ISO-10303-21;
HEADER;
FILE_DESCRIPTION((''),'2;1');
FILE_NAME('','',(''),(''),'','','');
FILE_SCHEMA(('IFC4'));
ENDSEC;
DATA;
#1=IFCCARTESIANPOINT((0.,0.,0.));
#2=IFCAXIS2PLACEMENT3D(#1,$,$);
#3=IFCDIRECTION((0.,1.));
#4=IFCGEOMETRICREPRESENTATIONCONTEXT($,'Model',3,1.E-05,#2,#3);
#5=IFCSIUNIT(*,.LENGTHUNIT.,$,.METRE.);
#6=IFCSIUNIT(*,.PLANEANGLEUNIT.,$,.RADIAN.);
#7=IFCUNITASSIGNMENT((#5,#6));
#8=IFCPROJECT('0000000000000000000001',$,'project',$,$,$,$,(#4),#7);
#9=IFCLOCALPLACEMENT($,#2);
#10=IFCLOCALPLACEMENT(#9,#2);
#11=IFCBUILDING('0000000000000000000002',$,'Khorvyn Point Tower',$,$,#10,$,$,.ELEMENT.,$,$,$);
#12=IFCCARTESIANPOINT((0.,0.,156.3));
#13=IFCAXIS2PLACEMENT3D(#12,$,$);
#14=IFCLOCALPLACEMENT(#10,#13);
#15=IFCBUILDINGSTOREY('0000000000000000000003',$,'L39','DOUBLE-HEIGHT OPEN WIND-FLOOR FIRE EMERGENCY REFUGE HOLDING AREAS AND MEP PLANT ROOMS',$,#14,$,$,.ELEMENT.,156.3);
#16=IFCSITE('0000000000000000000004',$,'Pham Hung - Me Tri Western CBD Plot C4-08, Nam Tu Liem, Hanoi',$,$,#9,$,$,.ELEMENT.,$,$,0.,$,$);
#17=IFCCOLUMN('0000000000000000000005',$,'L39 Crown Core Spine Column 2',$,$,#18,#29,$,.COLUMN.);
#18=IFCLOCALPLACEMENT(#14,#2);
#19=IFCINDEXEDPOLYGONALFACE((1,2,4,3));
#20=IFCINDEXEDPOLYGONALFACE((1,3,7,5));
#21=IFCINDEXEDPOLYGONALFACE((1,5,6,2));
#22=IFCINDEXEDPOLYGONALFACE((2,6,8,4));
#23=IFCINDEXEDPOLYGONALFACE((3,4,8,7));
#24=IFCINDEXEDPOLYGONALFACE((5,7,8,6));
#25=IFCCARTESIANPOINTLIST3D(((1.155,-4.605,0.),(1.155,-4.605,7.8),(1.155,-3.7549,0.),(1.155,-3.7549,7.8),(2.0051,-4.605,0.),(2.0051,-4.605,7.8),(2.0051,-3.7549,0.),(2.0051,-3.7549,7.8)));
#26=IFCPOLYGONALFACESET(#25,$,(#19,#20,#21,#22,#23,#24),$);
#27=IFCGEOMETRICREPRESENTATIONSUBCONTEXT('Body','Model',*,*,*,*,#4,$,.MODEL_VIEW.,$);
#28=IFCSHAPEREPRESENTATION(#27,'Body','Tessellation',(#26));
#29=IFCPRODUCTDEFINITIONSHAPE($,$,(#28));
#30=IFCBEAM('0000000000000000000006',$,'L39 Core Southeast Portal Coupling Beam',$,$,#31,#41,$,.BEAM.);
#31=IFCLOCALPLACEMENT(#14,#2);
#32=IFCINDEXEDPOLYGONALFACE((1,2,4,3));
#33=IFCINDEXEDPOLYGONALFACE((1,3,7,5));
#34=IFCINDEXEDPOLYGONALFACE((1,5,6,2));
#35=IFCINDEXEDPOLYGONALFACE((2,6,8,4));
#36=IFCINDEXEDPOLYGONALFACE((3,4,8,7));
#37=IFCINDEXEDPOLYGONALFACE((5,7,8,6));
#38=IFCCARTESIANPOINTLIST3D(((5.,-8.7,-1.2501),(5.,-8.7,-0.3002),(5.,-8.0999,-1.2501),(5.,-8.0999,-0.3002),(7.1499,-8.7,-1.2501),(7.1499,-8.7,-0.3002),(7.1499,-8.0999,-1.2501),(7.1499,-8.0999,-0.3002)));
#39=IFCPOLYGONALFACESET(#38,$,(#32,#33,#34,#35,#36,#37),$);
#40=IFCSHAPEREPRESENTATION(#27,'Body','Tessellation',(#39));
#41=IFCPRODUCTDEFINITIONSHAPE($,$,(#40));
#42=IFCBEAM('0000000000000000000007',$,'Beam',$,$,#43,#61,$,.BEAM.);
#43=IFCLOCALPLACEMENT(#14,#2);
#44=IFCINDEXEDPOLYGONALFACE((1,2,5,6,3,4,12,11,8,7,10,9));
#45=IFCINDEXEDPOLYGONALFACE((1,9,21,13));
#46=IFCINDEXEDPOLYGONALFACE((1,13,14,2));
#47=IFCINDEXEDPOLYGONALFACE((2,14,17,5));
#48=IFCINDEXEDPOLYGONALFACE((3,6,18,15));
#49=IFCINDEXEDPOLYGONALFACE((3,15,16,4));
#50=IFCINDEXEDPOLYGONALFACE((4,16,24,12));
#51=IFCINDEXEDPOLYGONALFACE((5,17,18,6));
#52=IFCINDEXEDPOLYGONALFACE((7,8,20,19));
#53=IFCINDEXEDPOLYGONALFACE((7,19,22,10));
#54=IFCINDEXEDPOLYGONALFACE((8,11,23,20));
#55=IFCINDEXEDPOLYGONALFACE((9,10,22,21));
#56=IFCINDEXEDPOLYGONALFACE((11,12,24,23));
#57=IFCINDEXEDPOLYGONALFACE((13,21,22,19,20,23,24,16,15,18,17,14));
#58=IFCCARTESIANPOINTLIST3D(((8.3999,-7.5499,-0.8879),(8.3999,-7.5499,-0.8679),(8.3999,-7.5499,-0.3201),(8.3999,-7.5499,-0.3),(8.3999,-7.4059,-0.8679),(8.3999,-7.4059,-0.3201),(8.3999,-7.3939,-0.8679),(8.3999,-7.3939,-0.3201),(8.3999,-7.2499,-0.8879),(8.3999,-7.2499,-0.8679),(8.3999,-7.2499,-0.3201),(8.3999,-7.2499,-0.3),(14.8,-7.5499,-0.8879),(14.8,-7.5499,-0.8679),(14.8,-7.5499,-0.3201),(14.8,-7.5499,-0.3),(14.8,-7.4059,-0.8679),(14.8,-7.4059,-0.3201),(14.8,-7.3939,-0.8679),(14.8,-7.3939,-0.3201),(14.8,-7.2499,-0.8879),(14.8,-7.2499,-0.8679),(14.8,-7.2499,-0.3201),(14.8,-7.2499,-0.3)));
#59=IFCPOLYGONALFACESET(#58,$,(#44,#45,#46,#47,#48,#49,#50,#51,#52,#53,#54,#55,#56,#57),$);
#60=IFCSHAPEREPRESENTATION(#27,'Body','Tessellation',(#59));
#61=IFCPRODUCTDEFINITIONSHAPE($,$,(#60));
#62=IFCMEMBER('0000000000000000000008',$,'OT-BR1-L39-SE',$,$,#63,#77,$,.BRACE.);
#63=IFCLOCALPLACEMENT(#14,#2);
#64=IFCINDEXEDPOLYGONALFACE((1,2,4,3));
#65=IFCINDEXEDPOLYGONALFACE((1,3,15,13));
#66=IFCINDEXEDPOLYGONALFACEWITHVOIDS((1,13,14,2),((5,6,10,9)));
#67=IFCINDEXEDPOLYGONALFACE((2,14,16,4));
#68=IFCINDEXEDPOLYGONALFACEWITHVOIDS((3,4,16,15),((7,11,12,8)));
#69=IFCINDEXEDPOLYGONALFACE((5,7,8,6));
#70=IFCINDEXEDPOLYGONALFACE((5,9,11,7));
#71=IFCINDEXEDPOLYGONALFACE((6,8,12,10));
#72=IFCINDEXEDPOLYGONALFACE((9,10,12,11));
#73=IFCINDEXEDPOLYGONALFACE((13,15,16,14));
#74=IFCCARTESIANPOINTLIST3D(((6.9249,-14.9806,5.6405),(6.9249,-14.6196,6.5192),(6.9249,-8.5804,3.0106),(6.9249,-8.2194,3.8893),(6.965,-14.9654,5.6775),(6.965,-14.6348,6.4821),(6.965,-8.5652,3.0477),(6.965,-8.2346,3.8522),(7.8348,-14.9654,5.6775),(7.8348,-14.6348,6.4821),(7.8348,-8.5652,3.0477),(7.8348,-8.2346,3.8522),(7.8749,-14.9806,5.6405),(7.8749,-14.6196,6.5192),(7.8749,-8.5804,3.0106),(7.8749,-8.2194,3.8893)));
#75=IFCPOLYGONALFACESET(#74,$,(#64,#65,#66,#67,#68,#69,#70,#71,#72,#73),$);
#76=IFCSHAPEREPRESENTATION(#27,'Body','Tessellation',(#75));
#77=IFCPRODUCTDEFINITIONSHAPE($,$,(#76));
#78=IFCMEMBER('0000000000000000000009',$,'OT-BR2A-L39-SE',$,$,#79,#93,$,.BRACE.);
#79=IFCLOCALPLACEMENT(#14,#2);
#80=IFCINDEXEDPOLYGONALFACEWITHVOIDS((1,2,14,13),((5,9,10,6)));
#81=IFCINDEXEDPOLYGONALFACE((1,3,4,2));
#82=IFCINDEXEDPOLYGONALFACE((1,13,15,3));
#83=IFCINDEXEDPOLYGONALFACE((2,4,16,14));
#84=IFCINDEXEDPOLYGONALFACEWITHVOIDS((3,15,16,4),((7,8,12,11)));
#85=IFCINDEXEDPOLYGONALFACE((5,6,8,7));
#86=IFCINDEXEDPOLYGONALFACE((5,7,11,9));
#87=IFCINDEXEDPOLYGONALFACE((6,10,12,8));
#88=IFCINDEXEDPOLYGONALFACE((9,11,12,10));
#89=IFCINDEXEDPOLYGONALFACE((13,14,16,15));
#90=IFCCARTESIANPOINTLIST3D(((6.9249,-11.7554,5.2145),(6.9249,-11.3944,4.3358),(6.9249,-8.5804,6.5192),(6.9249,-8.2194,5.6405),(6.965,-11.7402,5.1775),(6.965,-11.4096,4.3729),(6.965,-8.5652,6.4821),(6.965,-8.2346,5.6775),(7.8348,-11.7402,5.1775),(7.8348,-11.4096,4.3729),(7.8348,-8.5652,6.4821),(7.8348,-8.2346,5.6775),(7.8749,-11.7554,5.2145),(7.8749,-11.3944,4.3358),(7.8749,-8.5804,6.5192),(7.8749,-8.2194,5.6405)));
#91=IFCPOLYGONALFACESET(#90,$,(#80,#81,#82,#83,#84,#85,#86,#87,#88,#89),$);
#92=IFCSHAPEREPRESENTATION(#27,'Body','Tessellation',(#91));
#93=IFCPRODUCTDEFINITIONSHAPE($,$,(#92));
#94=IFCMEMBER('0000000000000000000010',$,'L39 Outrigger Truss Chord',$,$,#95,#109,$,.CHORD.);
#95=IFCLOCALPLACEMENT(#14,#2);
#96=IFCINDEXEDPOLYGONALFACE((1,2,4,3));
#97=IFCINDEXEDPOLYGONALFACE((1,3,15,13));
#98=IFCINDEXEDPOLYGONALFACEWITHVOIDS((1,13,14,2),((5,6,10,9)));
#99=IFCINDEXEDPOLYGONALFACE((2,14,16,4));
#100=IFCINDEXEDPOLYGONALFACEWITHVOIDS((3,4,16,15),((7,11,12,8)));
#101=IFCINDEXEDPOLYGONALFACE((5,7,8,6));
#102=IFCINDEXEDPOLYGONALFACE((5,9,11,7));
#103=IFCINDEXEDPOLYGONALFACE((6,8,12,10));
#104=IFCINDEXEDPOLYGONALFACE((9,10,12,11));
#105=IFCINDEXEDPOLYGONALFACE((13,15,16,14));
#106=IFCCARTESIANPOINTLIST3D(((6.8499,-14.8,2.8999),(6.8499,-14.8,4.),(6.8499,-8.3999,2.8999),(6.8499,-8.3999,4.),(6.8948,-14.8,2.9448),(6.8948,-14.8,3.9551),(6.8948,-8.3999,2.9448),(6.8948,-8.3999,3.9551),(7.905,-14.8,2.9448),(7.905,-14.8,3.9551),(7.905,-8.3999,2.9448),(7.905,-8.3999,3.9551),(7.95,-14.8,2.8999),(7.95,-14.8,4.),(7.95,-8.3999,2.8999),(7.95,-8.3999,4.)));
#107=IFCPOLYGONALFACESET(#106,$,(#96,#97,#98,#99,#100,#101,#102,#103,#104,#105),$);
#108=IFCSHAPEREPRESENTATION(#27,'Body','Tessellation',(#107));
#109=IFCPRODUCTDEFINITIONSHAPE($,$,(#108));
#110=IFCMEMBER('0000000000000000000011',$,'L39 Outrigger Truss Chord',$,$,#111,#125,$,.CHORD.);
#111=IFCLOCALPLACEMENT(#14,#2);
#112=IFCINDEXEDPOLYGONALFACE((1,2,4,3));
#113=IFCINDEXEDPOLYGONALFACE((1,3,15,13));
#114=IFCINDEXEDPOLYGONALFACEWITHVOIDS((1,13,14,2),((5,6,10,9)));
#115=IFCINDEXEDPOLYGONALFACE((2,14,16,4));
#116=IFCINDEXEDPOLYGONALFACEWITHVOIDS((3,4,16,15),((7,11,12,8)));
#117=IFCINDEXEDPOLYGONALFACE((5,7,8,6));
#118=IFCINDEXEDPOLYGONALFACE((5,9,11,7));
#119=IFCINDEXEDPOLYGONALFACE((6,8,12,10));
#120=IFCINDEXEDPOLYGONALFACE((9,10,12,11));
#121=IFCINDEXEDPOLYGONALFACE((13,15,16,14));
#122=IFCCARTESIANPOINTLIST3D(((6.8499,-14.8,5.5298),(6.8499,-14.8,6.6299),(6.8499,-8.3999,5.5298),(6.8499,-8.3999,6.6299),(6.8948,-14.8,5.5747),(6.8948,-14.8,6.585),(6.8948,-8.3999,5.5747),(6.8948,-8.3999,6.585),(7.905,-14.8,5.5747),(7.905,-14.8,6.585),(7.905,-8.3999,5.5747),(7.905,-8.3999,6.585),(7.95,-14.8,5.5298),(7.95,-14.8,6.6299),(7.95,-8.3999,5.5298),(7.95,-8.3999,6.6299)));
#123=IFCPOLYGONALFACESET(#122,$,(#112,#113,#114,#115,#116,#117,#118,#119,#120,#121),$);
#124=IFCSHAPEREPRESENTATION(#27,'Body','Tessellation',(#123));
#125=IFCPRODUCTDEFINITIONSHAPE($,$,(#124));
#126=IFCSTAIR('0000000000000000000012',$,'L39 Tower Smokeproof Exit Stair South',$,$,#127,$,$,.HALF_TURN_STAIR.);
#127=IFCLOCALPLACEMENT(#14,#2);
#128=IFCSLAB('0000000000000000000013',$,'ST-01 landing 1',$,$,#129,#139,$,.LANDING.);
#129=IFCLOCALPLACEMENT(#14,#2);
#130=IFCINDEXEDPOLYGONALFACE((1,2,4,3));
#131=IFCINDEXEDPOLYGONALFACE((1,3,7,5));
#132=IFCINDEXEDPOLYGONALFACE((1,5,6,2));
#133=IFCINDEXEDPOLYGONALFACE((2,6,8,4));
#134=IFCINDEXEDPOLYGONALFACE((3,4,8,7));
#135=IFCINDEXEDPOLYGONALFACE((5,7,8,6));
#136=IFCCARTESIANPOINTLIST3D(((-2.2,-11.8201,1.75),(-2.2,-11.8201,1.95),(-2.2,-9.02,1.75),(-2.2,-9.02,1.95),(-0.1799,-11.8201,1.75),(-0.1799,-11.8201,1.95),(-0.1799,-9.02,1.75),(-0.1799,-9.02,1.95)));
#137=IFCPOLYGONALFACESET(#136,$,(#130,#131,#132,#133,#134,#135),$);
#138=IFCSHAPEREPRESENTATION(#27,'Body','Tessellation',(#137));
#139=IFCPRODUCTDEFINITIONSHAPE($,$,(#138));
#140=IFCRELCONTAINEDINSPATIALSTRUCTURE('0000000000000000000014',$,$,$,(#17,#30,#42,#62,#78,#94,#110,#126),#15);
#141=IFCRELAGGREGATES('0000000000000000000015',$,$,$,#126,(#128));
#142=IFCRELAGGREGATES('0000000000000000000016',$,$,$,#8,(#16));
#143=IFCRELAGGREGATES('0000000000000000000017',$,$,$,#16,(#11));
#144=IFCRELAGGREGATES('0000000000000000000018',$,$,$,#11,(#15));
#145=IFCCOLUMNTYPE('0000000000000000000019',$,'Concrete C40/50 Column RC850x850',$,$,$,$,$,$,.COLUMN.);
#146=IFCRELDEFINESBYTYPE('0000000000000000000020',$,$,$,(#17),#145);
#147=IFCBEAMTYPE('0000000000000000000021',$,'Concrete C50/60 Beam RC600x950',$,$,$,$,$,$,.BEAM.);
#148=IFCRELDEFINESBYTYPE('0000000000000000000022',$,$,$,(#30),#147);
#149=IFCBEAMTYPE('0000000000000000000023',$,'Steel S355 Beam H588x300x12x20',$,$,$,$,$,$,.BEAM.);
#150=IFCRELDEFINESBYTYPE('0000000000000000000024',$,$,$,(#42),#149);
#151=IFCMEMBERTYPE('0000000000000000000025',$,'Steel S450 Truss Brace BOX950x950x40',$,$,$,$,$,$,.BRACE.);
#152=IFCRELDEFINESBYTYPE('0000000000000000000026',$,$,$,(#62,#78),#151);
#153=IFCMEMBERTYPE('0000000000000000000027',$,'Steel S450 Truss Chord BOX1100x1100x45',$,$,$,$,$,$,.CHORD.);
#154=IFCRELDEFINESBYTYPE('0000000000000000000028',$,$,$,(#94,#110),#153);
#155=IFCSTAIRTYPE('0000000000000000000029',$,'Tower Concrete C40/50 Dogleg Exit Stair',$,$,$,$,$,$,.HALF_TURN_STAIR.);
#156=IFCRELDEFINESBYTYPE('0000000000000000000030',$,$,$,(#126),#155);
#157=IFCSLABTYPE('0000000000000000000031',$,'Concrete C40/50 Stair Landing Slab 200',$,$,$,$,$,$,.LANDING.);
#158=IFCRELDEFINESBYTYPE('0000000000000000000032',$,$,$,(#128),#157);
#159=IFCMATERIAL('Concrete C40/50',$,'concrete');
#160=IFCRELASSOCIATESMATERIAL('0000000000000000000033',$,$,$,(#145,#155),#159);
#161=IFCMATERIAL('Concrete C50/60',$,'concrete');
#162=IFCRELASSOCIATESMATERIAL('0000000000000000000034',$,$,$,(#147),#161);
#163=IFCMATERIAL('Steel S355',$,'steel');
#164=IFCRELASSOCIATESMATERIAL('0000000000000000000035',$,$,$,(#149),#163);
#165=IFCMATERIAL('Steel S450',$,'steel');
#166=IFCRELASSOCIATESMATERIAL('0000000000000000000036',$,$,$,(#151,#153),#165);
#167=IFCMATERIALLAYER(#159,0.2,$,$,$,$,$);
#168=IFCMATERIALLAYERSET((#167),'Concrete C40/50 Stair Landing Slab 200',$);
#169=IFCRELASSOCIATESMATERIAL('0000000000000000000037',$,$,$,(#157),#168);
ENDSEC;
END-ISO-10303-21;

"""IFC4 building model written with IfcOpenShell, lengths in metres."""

from ifc_helpers import new_model, si_unit, direction, frame, origin, origin_2d, place, context, subcontext, project, spatial, polyline, rectangle, hollow_rectangle, i_section, outline, extrude, material, layer, layer_set, material_profile, profile_set, type_object, element, aggregate, save


model = new_model("IFC4")

# Units and contexts
model_context = context("Model", 3, precision=1e-05, world=origin(), true_north=direction((0.0, 1.0)))
body_context = subcontext(model_context, "Body", "Model", "MODEL_VIEW")
ifc_project = project(units=[si_unit("LENGTHUNIT", "METRE"), si_unit("PLANEANGLEUNIT", "RADIAN")], contexts=[model_context])

# Site, building, storey
site_placement = place(None, origin())
site = spatial("IfcSite", under=ifc_project, at=site_placement, Name="Pham Hung - Me Tri Western CBD Plot C4-08, Nam Tu Liem, Hanoi", CompositionType="ELEMENT", RefElevation=0.0)
building_placement = place(site_placement, origin())
building = spatial("IfcBuilding", under=site, at=building_placement, Name="Khorvyn Point Tower", CompositionType="ELEMENT")
storey_placement = place(building_placement, frame((0.0, 0.0, 156.3)))
storey = spatial("IfcBuildingStorey", under=building, at=storey_placement, Name="L39", Description="DOUBLE-HEIGHT OPEN WIND-FLOOR FIRE EMERGENCY REFUGE HOLDING AREAS AND MEP PLANT ROOMS", CompositionType="ELEMENT", Elevation=156.3)

# Column
ifc_material_1 = material(Name="Concrete C40/50", Category="concrete")
ifc_material_profile_1 = material_profile(ifc_material_1, rectangle(XDim=0.8501, YDim=0.8501, at=origin_2d()))
ifc_profile_set_1 = profile_set([ifc_material_profile_1], Name="Concrete C40/50 RC850x850")
column_type = type_object("IfcColumnType", Name="Concrete C40/50 Column RC850x850", PredefinedType="COLUMN", material=ifc_profile_set_1)
column_placement = place(storey_placement, frame((1.5801, -4.1799, 0.0), z_axis=(0.0, 0.0, 1.0), x_axis=(1.0, 0.0, 0.0)))
element("IfcColumn", 1, at=column_placement, inside=storey, type_object=column_type, Name="L39 Crown Core Spine Column 2", PredefinedType="COLUMN", context=body_context, shape_type="SweptSolid", body=[
    extrude(rectangle(XDim=0.8501, YDim=0.8501, at=origin_2d()), origin(), (0.0, 0.0, 1.0), 7.8),
])

# Beams
ifc_material_2 = material(Name="Concrete C50/60", Category="concrete")
ifc_material_profile_2 = material_profile(ifc_material_2, rectangle(XDim=0.6001, YDim=0.95, at=origin_2d()))
ifc_profile_set_2 = profile_set([ifc_material_profile_2], Name="Concrete C50/60 RC600x950")
beam_type_1 = type_object("IfcBeamType", Name="Concrete C50/60 Beam RC600x950", PredefinedType="BEAM", material=ifc_profile_set_2)
beam_1_placement = place(storey_placement, frame((5.0, -8.3999, -0.7751), z_axis=(1.0, 0.0, 0.0), x_axis=(0.0, 1.0, 0.0)))
element("IfcBeam", 2, at=beam_1_placement, inside=storey, type_object=beam_type_1, Name="L39 Core Southeast Portal Coupling Beam", PredefinedType="BEAM", context=body_context, shape_type="SweptSolid", body=[
    extrude(rectangle(XDim=0.6001, YDim=0.95, at=origin_2d()), origin(), (0.0, 0.0, 1.0), 2.1499),
])
ifc_material_3 = material(Name="Steel S355", Category="steel")
ifc_material_profile_3 = material_profile(ifc_material_3, i_section(OverallWidth=0.3, OverallDepth=0.5879, WebThickness=0.012, FlangeThickness=0.02, at=origin_2d()))
ifc_profile_set_3 = profile_set([ifc_material_profile_3], Name="Steel S355 H588x300x12x20")
beam_type_2 = type_object("IfcBeamType", Name="Steel S355 Beam H588x300x12x20", PredefinedType="BEAM", material=ifc_profile_set_3)
beam_2_placement = place(storey_placement, frame((8.3999, -7.3999, -0.594), z_axis=(1.0, 0.0, 0.0), x_axis=(0.0, 1.0, 0.0)))
element("IfcBeam", 3, at=beam_2_placement, inside=storey, type_object=beam_type_2, Name="Beam", PredefinedType="BEAM", context=body_context, shape_type="SweptSolid", body=[
    extrude(i_section(OverallWidth=0.3, OverallDepth=0.5879, WebThickness=0.012, FlangeThickness=0.02, at=origin_2d()), origin(), (0.0, 0.0, 1.0), 6.4001),
])

# Members
ifc_material_4 = material(Name="Steel S450", Category="steel")
ifc_material_profile_4 = material_profile(ifc_material_4, hollow_rectangle(XDim=0.95, YDim=0.95, WallThickness=0.04, at=origin_2d()))
ifc_profile_set_4 = profile_set([ifc_material_profile_4], Name="Steel S450 BOX950x950x40")
member_type_1 = type_object("IfcMemberType", Name="Steel S450 Truss Brace BOX950x950x40", PredefinedType="BRACE", material=ifc_profile_set_4)
member_1_placement = place(storey_placement, frame((7.3999, -8.3999, 3.45), z_axis=(0.0, -0.924956, 0.380074), x_axis=(1.0, 0.0, 0.0)))
element("IfcMember", 4, at=member_1_placement, inside=storey, type_object=member_type_1, Name="OT-BR1-L39-SE", PredefinedType="BRACE", context=body_context, shape_type="SweptSolid", body=[
    extrude(hollow_rectangle(XDim=0.95, YDim=0.95, WallThickness=0.04, at=origin_2d()), origin(), (0.0, 0.0, 1.0), 6.9194),
])
member_2_placement = place(storey_placement, frame((7.3999, -8.3999, 6.0798), z_axis=(0.0, -0.924953, -0.380081), x_axis=(1.0, 0.0, 0.0)))
element("IfcMember", 5, at=member_2_placement, inside=storey, type_object=member_type_1, Name="OT-BR2A-L39-SE", PredefinedType="BRACE", context=body_context, shape_type="SweptSolid", body=[
    extrude(hollow_rectangle(XDim=0.95, YDim=0.95, WallThickness=0.04, at=origin_2d()), origin(), (0.0, 0.0, 1.0), 3.4326),
])
ifc_material_profile_5 = material_profile(ifc_material_4, hollow_rectangle(XDim=1.1001, YDim=1.1001, WallThickness=0.0449, at=origin_2d()))
ifc_profile_set_5 = profile_set([ifc_material_profile_5], Name="Steel S450 BOX1100x1100x45")
member_type_2 = type_object("IfcMemberType", Name="Steel S450 Truss Chord BOX1100x1100x45", PredefinedType="CHORD", material=ifc_profile_set_5)
for number, where, z_axis, x_axis, name in (
    (6, (7.3999, -8.3999, 3.45), (0.0, -1.0, 0.0), (1.0, 0.0, 0.0), "L39 Outrigger Truss Chord"),
    (7, (7.3999, -8.3999, 6.0798), (0.0, -1.0, 0.0), (1.0, 0.0, 0.0), "L39 Outrigger Truss Chord"),
):
    element("IfcMember", number, at=place(storey_placement, frame(where, z_axis=z_axis, x_axis=x_axis)), inside=storey, type_object=member_type_2, Name=name, PredefinedType="CHORD", context=body_context, shape_type="SweptSolid", body=[
        extrude(hollow_rectangle(XDim=1.1001, YDim=1.1001, WallThickness=0.0449, at=origin_2d()), origin(), (0.0, 0.0, 1.0), 6.4001),
    ])

# Stair, slab
stair_type = type_object("IfcStairType", Name="Tower Concrete C40/50 Dogleg Exit Stair", PredefinedType="HALF_TURN_STAIR", material=ifc_material_1)
stair_placement = place(storey_placement, origin())
stair = element("IfcStair", 8, at=stair_placement, inside=storey, type_object=stair_type, Name="L39 Tower Smokeproof Exit Stair South", PredefinedType="HALF_TURN_STAIR")
ifc_layer_1 = layer(ifc_material_1, 0.2)
ifc_layer_set_1 = layer_set([ifc_layer_1], Name="Concrete C40/50 Stair Landing Slab 200")
slab_type_1 = type_object("IfcSlabType", Name="Concrete C40/50 Stair Landing Slab 200", PredefinedType="LANDING", material=ifc_layer_set_1)
slab_1_placement = place(storey_placement, frame((0.0, 0.0, 1.75)))
slab_1 = element("IfcSlab", 9, at=slab_1_placement, type_object=slab_type_1, Name="ST-01 landing 1", PredefinedType="LANDING", context=body_context, shape_type="SweptSolid", body=[
    extrude(outline(polyline([(-0.1799, -9.02), (-2.2, -9.02), (-2.2, -11.8201), (-0.1799, -11.8201), (-0.1799, -9.02)])), origin(), (0.0, 0.0, 1.0), 0.2),
])

aggregate(stair, [slab_1])

save(model, "model.ifc")
